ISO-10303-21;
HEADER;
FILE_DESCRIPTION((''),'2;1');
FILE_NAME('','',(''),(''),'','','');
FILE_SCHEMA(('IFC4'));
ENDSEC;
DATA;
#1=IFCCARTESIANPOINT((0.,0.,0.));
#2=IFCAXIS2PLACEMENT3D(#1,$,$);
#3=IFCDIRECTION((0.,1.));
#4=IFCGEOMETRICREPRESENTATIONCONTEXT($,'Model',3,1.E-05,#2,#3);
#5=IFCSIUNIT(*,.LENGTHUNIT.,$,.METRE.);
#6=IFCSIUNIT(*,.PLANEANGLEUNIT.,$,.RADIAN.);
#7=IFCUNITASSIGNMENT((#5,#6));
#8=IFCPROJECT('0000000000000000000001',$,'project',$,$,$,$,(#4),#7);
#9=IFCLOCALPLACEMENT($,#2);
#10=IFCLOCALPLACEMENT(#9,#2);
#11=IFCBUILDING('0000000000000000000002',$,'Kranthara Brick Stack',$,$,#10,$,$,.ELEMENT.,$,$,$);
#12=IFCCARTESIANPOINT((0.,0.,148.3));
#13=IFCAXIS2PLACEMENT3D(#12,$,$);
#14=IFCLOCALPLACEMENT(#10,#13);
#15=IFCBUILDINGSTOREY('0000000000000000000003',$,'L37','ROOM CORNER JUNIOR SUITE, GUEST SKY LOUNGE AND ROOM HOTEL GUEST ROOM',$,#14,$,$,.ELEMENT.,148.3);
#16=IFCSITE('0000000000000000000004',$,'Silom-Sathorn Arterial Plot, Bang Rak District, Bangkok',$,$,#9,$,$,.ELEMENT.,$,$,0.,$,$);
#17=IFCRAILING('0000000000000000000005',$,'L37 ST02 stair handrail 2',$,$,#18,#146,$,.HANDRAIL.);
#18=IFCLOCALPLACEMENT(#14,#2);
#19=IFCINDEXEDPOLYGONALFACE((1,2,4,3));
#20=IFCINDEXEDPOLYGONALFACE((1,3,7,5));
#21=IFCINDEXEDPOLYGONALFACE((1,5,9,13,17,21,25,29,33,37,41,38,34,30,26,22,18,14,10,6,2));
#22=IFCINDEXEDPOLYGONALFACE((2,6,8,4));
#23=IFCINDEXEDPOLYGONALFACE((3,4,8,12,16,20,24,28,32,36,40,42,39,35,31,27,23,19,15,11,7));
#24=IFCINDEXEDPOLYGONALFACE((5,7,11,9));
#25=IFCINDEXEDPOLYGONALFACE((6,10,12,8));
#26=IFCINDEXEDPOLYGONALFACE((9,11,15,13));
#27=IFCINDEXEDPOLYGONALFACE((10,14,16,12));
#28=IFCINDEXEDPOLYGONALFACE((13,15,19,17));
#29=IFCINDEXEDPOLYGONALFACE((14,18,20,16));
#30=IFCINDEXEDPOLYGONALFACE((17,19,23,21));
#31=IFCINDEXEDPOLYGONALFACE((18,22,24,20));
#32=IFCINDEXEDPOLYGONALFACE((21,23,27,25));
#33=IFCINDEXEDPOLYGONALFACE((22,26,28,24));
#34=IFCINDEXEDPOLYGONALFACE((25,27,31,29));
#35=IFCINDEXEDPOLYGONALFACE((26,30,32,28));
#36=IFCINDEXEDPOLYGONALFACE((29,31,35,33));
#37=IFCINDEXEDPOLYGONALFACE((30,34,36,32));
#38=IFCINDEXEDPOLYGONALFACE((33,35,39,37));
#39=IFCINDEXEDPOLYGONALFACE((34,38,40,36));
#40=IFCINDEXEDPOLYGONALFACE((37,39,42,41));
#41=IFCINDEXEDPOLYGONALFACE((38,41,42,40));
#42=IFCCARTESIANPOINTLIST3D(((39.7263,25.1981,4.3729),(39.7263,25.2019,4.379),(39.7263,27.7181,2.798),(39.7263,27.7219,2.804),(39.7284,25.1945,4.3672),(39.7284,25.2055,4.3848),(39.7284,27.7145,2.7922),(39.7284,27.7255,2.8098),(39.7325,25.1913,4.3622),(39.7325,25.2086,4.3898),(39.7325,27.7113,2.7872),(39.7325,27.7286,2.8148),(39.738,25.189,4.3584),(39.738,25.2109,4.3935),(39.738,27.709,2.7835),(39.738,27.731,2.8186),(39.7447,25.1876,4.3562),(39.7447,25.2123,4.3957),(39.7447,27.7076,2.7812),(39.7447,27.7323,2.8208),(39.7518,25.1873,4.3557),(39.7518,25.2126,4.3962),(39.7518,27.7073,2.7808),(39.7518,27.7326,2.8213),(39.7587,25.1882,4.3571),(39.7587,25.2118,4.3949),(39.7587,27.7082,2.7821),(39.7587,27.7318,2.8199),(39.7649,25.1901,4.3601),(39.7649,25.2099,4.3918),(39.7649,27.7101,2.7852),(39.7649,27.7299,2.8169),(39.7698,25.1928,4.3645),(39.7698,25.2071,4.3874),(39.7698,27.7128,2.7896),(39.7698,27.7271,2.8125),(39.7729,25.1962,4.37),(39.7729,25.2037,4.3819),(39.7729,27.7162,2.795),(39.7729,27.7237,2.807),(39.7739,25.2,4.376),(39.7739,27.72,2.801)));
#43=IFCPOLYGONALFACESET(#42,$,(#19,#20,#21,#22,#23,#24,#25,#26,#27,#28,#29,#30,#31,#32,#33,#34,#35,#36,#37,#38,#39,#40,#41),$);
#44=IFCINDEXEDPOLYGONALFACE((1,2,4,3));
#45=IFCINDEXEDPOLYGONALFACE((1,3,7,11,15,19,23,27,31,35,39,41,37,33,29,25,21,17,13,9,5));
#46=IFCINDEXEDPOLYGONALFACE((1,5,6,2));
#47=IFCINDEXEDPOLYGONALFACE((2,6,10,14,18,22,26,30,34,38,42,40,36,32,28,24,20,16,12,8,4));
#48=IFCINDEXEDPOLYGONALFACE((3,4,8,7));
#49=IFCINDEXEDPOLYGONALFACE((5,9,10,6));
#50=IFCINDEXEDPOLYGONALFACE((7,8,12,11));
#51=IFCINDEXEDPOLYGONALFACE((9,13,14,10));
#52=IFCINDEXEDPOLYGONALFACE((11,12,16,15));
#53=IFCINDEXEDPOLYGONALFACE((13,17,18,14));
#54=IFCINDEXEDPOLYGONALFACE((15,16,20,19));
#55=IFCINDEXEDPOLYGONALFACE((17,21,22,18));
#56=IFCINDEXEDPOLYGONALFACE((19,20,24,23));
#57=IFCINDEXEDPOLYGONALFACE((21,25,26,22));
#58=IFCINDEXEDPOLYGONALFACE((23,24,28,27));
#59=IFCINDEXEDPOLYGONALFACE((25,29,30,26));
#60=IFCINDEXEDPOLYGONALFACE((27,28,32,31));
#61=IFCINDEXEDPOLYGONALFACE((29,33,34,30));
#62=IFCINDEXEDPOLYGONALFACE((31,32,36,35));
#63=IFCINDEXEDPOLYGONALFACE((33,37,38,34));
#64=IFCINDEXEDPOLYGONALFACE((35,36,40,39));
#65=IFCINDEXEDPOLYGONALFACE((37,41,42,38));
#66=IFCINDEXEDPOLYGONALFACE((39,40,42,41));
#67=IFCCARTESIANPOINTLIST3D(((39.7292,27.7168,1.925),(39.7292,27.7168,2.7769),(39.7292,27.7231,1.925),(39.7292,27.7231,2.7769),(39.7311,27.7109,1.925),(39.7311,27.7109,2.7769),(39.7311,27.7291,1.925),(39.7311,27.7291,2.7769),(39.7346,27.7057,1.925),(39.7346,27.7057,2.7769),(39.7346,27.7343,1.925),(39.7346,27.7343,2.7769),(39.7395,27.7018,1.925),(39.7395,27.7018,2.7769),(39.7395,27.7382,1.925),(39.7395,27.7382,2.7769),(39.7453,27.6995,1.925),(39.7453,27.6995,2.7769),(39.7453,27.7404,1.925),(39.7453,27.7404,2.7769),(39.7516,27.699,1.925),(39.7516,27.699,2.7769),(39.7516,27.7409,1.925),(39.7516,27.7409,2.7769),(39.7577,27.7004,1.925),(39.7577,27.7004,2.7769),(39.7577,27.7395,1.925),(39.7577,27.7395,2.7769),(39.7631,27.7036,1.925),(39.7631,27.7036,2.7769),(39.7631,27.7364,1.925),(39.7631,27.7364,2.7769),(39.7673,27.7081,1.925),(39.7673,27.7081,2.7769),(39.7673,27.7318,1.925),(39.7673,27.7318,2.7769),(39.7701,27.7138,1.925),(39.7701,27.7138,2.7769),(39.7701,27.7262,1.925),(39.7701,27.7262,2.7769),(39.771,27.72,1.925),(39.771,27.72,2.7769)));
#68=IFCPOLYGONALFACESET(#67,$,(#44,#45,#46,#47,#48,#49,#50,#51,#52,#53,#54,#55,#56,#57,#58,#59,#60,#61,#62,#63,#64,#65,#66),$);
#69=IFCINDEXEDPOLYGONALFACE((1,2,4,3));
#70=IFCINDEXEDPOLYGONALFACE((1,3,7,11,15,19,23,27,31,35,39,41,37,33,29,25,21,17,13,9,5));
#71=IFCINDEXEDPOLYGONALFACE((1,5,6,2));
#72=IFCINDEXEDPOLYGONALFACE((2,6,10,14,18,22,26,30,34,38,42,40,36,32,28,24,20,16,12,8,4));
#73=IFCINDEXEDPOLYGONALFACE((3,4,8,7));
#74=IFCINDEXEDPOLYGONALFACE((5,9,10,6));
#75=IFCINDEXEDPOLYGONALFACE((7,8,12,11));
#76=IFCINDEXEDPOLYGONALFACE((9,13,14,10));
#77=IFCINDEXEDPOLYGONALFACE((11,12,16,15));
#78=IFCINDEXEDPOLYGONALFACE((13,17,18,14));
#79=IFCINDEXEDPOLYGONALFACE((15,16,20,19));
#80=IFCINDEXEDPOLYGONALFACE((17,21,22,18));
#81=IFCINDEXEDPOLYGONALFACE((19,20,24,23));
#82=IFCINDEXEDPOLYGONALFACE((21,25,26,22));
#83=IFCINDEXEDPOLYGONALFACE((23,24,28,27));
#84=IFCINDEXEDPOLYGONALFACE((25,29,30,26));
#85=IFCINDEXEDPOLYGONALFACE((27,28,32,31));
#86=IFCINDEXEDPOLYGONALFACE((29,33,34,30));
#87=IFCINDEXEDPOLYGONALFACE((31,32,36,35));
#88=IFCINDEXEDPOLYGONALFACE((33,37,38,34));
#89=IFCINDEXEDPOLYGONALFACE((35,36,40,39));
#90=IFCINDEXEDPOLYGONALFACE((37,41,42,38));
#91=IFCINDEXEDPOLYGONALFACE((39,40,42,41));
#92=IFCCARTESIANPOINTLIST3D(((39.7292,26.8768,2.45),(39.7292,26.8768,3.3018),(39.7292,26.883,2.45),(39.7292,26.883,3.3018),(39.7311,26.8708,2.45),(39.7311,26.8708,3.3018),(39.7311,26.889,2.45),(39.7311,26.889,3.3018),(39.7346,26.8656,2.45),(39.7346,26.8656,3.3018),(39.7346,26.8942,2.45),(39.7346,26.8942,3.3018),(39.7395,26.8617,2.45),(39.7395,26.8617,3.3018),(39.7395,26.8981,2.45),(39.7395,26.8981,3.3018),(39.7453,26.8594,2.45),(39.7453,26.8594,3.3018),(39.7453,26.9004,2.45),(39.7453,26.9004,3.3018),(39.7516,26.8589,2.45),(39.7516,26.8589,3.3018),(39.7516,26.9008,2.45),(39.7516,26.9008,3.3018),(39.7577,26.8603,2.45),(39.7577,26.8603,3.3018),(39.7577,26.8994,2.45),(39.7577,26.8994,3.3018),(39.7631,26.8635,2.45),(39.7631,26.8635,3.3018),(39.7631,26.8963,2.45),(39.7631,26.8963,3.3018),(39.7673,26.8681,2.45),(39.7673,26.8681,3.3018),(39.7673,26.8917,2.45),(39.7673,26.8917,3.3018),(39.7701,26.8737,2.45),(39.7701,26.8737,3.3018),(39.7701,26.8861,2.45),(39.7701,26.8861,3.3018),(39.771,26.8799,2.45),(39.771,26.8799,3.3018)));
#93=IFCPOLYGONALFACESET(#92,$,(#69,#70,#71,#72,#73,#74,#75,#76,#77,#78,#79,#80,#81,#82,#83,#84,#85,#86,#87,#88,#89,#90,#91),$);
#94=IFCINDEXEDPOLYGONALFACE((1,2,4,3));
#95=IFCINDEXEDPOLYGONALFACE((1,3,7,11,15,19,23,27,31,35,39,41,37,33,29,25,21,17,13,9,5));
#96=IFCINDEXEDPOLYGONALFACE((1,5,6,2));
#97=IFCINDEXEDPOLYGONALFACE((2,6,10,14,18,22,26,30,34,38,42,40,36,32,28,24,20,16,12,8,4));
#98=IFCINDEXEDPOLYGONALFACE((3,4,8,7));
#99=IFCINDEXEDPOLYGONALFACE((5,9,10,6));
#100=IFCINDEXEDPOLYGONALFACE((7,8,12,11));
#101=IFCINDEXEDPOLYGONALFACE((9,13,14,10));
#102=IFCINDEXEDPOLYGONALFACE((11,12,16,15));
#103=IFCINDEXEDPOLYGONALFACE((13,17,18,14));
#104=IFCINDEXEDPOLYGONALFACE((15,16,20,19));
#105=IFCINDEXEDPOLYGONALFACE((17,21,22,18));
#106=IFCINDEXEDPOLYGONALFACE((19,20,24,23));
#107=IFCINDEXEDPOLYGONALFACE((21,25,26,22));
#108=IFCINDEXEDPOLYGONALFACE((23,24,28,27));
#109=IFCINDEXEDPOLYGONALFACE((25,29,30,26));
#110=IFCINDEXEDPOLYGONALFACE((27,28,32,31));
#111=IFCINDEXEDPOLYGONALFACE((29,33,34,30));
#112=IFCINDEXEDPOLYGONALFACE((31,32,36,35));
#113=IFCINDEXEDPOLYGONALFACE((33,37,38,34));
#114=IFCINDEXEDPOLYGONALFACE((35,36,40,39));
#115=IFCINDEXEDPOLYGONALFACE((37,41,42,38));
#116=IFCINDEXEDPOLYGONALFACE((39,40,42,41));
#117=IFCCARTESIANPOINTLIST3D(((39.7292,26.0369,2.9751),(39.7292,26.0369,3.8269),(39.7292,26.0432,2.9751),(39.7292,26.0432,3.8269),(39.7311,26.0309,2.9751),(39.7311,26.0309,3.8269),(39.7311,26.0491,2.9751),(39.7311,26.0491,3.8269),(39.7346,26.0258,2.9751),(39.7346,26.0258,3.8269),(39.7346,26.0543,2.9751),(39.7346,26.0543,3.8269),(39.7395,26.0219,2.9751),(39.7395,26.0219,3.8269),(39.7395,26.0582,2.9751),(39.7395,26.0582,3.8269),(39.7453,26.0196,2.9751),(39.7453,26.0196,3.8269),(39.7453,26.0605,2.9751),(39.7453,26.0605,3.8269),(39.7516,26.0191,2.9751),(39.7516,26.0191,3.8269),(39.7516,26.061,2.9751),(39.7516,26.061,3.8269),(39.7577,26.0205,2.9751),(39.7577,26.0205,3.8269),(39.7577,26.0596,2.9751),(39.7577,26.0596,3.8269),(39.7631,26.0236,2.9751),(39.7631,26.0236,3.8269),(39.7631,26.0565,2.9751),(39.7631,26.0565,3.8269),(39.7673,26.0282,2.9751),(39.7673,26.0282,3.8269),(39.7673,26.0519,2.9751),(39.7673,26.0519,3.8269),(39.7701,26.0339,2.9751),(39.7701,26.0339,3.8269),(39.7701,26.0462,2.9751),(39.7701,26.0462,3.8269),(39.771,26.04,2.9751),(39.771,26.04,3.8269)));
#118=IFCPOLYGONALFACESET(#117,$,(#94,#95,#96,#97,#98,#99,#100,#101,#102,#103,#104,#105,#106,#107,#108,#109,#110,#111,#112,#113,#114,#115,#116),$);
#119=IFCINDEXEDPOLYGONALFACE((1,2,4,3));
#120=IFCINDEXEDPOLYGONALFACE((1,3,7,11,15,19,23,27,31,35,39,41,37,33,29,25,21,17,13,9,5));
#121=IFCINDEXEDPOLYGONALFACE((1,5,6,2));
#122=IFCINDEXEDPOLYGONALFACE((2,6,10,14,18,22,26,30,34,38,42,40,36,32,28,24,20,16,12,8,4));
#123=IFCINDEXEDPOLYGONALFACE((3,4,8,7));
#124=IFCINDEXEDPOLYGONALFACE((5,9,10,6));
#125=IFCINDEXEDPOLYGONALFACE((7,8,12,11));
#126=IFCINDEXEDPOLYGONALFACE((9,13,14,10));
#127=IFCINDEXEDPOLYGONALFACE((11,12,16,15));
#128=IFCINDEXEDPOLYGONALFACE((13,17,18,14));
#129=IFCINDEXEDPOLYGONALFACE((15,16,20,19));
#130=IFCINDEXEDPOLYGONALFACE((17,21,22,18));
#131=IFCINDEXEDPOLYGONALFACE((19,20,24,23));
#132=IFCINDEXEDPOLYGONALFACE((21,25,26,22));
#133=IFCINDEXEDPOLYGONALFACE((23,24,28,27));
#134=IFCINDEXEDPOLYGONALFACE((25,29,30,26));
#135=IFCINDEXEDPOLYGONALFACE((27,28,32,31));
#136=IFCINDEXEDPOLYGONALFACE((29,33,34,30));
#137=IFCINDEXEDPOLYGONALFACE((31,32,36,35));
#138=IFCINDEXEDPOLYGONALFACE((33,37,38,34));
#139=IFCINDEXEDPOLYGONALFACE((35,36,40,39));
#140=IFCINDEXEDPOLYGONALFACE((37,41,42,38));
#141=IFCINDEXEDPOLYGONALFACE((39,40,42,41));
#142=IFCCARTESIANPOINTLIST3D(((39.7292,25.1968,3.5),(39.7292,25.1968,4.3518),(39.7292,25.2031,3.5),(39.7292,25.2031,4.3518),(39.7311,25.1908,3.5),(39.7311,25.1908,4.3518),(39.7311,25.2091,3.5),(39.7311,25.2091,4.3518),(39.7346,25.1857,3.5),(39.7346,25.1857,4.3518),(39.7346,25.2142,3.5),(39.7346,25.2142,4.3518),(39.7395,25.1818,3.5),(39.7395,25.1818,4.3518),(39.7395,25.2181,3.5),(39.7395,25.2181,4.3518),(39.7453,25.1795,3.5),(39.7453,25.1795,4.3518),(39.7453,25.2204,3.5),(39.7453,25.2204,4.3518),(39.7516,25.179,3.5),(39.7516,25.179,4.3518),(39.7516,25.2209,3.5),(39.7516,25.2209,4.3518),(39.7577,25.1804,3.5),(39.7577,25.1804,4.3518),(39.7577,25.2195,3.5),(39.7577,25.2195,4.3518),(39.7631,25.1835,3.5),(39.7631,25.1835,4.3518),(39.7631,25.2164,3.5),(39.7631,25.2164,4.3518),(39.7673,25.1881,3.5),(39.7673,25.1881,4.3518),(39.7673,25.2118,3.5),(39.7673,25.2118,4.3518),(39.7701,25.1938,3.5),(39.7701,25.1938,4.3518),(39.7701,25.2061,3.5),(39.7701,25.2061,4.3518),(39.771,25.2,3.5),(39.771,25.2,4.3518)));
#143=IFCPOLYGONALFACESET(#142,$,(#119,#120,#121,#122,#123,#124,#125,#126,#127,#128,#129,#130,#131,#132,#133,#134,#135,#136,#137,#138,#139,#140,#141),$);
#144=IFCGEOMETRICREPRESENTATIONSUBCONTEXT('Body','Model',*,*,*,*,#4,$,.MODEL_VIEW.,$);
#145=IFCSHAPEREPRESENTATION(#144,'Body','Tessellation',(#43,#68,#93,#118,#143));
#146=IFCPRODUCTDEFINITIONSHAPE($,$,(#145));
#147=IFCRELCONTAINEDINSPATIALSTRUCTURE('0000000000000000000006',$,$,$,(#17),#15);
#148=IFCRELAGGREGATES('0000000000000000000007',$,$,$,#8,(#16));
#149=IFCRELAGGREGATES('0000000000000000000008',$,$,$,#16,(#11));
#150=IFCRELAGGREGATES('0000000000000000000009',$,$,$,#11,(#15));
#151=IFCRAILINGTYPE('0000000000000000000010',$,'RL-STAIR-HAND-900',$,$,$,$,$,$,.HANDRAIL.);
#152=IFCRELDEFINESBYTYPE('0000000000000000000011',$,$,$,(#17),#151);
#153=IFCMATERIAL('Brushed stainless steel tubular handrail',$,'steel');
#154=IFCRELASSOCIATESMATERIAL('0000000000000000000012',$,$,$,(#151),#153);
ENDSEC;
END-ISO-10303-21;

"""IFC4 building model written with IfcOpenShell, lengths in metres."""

from ifc_helpers import new_model, si_unit, direction, frame, origin, origin_2d, place, context, subcontext, project, spatial, circle, extrude, material, type_object, element, save


model = new_model("IFC4")

# Units and contexts
model_context = context("Model", 3, precision=1e-05, world=origin(), true_north=direction((0.0, 1.0)))
body_context = subcontext(model_context, "Body", "Model", "MODEL_VIEW")
ifc_project = project(units=[si_unit("LENGTHUNIT", "METRE"), si_unit("PLANEANGLEUNIT", "RADIAN")], contexts=[model_context])

# Site, building, storey
site_placement = place(None, origin())
site = spatial("IfcSite", under=ifc_project, at=site_placement, Name="Silom-Sathorn Arterial Plot, Bang Rak District, Bangkok", CompositionType="ELEMENT", RefElevation=0.0)
building_placement = place(site_placement, origin())
building = spatial("IfcBuilding", under=site, at=building_placement, Name="Kranthara Brick Stack", CompositionType="ELEMENT")
storey_placement = place(building_placement, frame((0.0, 0.0, 148.3)))
storey = spatial("IfcBuildingStorey", under=building, at=storey_placement, Name="L37", Description="ROOM CORNER JUNIOR SUITE, GUEST SKY LOUNGE AND ROOM HOTEL GUEST ROOM", CompositionType="ELEMENT", Elevation=148.3)

# Railing
ifc_material_1 = material(Name="Brushed stainless steel tubular handrail", Category="steel")
railing_type_1 = type_object("IfcRailingType", Name="RL-STAIR-HAND-900", PredefinedType="HANDRAIL", material=ifc_material_1)
railing_1_placement = place(storey_placement, frame((39.75, 27.72, 1.925)))
element("IfcRailing", 1, at=railing_1_placement, inside=storey, type_object=railing_type_1, Name="L37 ST02 stair handrail 2", PredefinedType="HANDRAIL", context=body_context, shape_type="SweptSolid", body=[
    extrude(circle(Radius=0.0239, at=origin_2d()), frame((0.0, 0.0, 0.876), z_axis=(0.0, -0.848008, 0.529984), x_axis=(1.0, 0.0, 0.0)), (0.0, 0.0, 1.0), 2.9717),
    extrude(circle(Radius=0.021, at=origin_2d()), origin(), (0.0, 0.0, 1.0), 0.8518),
    extrude(circle(Radius=0.021, at=origin_2d()), frame((0.0, -0.8401, 0.5249)), (0.0, 0.0, 1.0), 0.8518),
    extrude(circle(Radius=0.021, at=origin_2d()), frame((0.0, -1.6799, 1.05)), (0.0, 0.0, 1.0), 0.8518),
    extrude(circle(Radius=0.021, at=origin_2d()), frame((0.0, -2.52, 1.575)), (0.0, 0.0, 1.0), 0.8518),
])

save(model, "model.ifc")
